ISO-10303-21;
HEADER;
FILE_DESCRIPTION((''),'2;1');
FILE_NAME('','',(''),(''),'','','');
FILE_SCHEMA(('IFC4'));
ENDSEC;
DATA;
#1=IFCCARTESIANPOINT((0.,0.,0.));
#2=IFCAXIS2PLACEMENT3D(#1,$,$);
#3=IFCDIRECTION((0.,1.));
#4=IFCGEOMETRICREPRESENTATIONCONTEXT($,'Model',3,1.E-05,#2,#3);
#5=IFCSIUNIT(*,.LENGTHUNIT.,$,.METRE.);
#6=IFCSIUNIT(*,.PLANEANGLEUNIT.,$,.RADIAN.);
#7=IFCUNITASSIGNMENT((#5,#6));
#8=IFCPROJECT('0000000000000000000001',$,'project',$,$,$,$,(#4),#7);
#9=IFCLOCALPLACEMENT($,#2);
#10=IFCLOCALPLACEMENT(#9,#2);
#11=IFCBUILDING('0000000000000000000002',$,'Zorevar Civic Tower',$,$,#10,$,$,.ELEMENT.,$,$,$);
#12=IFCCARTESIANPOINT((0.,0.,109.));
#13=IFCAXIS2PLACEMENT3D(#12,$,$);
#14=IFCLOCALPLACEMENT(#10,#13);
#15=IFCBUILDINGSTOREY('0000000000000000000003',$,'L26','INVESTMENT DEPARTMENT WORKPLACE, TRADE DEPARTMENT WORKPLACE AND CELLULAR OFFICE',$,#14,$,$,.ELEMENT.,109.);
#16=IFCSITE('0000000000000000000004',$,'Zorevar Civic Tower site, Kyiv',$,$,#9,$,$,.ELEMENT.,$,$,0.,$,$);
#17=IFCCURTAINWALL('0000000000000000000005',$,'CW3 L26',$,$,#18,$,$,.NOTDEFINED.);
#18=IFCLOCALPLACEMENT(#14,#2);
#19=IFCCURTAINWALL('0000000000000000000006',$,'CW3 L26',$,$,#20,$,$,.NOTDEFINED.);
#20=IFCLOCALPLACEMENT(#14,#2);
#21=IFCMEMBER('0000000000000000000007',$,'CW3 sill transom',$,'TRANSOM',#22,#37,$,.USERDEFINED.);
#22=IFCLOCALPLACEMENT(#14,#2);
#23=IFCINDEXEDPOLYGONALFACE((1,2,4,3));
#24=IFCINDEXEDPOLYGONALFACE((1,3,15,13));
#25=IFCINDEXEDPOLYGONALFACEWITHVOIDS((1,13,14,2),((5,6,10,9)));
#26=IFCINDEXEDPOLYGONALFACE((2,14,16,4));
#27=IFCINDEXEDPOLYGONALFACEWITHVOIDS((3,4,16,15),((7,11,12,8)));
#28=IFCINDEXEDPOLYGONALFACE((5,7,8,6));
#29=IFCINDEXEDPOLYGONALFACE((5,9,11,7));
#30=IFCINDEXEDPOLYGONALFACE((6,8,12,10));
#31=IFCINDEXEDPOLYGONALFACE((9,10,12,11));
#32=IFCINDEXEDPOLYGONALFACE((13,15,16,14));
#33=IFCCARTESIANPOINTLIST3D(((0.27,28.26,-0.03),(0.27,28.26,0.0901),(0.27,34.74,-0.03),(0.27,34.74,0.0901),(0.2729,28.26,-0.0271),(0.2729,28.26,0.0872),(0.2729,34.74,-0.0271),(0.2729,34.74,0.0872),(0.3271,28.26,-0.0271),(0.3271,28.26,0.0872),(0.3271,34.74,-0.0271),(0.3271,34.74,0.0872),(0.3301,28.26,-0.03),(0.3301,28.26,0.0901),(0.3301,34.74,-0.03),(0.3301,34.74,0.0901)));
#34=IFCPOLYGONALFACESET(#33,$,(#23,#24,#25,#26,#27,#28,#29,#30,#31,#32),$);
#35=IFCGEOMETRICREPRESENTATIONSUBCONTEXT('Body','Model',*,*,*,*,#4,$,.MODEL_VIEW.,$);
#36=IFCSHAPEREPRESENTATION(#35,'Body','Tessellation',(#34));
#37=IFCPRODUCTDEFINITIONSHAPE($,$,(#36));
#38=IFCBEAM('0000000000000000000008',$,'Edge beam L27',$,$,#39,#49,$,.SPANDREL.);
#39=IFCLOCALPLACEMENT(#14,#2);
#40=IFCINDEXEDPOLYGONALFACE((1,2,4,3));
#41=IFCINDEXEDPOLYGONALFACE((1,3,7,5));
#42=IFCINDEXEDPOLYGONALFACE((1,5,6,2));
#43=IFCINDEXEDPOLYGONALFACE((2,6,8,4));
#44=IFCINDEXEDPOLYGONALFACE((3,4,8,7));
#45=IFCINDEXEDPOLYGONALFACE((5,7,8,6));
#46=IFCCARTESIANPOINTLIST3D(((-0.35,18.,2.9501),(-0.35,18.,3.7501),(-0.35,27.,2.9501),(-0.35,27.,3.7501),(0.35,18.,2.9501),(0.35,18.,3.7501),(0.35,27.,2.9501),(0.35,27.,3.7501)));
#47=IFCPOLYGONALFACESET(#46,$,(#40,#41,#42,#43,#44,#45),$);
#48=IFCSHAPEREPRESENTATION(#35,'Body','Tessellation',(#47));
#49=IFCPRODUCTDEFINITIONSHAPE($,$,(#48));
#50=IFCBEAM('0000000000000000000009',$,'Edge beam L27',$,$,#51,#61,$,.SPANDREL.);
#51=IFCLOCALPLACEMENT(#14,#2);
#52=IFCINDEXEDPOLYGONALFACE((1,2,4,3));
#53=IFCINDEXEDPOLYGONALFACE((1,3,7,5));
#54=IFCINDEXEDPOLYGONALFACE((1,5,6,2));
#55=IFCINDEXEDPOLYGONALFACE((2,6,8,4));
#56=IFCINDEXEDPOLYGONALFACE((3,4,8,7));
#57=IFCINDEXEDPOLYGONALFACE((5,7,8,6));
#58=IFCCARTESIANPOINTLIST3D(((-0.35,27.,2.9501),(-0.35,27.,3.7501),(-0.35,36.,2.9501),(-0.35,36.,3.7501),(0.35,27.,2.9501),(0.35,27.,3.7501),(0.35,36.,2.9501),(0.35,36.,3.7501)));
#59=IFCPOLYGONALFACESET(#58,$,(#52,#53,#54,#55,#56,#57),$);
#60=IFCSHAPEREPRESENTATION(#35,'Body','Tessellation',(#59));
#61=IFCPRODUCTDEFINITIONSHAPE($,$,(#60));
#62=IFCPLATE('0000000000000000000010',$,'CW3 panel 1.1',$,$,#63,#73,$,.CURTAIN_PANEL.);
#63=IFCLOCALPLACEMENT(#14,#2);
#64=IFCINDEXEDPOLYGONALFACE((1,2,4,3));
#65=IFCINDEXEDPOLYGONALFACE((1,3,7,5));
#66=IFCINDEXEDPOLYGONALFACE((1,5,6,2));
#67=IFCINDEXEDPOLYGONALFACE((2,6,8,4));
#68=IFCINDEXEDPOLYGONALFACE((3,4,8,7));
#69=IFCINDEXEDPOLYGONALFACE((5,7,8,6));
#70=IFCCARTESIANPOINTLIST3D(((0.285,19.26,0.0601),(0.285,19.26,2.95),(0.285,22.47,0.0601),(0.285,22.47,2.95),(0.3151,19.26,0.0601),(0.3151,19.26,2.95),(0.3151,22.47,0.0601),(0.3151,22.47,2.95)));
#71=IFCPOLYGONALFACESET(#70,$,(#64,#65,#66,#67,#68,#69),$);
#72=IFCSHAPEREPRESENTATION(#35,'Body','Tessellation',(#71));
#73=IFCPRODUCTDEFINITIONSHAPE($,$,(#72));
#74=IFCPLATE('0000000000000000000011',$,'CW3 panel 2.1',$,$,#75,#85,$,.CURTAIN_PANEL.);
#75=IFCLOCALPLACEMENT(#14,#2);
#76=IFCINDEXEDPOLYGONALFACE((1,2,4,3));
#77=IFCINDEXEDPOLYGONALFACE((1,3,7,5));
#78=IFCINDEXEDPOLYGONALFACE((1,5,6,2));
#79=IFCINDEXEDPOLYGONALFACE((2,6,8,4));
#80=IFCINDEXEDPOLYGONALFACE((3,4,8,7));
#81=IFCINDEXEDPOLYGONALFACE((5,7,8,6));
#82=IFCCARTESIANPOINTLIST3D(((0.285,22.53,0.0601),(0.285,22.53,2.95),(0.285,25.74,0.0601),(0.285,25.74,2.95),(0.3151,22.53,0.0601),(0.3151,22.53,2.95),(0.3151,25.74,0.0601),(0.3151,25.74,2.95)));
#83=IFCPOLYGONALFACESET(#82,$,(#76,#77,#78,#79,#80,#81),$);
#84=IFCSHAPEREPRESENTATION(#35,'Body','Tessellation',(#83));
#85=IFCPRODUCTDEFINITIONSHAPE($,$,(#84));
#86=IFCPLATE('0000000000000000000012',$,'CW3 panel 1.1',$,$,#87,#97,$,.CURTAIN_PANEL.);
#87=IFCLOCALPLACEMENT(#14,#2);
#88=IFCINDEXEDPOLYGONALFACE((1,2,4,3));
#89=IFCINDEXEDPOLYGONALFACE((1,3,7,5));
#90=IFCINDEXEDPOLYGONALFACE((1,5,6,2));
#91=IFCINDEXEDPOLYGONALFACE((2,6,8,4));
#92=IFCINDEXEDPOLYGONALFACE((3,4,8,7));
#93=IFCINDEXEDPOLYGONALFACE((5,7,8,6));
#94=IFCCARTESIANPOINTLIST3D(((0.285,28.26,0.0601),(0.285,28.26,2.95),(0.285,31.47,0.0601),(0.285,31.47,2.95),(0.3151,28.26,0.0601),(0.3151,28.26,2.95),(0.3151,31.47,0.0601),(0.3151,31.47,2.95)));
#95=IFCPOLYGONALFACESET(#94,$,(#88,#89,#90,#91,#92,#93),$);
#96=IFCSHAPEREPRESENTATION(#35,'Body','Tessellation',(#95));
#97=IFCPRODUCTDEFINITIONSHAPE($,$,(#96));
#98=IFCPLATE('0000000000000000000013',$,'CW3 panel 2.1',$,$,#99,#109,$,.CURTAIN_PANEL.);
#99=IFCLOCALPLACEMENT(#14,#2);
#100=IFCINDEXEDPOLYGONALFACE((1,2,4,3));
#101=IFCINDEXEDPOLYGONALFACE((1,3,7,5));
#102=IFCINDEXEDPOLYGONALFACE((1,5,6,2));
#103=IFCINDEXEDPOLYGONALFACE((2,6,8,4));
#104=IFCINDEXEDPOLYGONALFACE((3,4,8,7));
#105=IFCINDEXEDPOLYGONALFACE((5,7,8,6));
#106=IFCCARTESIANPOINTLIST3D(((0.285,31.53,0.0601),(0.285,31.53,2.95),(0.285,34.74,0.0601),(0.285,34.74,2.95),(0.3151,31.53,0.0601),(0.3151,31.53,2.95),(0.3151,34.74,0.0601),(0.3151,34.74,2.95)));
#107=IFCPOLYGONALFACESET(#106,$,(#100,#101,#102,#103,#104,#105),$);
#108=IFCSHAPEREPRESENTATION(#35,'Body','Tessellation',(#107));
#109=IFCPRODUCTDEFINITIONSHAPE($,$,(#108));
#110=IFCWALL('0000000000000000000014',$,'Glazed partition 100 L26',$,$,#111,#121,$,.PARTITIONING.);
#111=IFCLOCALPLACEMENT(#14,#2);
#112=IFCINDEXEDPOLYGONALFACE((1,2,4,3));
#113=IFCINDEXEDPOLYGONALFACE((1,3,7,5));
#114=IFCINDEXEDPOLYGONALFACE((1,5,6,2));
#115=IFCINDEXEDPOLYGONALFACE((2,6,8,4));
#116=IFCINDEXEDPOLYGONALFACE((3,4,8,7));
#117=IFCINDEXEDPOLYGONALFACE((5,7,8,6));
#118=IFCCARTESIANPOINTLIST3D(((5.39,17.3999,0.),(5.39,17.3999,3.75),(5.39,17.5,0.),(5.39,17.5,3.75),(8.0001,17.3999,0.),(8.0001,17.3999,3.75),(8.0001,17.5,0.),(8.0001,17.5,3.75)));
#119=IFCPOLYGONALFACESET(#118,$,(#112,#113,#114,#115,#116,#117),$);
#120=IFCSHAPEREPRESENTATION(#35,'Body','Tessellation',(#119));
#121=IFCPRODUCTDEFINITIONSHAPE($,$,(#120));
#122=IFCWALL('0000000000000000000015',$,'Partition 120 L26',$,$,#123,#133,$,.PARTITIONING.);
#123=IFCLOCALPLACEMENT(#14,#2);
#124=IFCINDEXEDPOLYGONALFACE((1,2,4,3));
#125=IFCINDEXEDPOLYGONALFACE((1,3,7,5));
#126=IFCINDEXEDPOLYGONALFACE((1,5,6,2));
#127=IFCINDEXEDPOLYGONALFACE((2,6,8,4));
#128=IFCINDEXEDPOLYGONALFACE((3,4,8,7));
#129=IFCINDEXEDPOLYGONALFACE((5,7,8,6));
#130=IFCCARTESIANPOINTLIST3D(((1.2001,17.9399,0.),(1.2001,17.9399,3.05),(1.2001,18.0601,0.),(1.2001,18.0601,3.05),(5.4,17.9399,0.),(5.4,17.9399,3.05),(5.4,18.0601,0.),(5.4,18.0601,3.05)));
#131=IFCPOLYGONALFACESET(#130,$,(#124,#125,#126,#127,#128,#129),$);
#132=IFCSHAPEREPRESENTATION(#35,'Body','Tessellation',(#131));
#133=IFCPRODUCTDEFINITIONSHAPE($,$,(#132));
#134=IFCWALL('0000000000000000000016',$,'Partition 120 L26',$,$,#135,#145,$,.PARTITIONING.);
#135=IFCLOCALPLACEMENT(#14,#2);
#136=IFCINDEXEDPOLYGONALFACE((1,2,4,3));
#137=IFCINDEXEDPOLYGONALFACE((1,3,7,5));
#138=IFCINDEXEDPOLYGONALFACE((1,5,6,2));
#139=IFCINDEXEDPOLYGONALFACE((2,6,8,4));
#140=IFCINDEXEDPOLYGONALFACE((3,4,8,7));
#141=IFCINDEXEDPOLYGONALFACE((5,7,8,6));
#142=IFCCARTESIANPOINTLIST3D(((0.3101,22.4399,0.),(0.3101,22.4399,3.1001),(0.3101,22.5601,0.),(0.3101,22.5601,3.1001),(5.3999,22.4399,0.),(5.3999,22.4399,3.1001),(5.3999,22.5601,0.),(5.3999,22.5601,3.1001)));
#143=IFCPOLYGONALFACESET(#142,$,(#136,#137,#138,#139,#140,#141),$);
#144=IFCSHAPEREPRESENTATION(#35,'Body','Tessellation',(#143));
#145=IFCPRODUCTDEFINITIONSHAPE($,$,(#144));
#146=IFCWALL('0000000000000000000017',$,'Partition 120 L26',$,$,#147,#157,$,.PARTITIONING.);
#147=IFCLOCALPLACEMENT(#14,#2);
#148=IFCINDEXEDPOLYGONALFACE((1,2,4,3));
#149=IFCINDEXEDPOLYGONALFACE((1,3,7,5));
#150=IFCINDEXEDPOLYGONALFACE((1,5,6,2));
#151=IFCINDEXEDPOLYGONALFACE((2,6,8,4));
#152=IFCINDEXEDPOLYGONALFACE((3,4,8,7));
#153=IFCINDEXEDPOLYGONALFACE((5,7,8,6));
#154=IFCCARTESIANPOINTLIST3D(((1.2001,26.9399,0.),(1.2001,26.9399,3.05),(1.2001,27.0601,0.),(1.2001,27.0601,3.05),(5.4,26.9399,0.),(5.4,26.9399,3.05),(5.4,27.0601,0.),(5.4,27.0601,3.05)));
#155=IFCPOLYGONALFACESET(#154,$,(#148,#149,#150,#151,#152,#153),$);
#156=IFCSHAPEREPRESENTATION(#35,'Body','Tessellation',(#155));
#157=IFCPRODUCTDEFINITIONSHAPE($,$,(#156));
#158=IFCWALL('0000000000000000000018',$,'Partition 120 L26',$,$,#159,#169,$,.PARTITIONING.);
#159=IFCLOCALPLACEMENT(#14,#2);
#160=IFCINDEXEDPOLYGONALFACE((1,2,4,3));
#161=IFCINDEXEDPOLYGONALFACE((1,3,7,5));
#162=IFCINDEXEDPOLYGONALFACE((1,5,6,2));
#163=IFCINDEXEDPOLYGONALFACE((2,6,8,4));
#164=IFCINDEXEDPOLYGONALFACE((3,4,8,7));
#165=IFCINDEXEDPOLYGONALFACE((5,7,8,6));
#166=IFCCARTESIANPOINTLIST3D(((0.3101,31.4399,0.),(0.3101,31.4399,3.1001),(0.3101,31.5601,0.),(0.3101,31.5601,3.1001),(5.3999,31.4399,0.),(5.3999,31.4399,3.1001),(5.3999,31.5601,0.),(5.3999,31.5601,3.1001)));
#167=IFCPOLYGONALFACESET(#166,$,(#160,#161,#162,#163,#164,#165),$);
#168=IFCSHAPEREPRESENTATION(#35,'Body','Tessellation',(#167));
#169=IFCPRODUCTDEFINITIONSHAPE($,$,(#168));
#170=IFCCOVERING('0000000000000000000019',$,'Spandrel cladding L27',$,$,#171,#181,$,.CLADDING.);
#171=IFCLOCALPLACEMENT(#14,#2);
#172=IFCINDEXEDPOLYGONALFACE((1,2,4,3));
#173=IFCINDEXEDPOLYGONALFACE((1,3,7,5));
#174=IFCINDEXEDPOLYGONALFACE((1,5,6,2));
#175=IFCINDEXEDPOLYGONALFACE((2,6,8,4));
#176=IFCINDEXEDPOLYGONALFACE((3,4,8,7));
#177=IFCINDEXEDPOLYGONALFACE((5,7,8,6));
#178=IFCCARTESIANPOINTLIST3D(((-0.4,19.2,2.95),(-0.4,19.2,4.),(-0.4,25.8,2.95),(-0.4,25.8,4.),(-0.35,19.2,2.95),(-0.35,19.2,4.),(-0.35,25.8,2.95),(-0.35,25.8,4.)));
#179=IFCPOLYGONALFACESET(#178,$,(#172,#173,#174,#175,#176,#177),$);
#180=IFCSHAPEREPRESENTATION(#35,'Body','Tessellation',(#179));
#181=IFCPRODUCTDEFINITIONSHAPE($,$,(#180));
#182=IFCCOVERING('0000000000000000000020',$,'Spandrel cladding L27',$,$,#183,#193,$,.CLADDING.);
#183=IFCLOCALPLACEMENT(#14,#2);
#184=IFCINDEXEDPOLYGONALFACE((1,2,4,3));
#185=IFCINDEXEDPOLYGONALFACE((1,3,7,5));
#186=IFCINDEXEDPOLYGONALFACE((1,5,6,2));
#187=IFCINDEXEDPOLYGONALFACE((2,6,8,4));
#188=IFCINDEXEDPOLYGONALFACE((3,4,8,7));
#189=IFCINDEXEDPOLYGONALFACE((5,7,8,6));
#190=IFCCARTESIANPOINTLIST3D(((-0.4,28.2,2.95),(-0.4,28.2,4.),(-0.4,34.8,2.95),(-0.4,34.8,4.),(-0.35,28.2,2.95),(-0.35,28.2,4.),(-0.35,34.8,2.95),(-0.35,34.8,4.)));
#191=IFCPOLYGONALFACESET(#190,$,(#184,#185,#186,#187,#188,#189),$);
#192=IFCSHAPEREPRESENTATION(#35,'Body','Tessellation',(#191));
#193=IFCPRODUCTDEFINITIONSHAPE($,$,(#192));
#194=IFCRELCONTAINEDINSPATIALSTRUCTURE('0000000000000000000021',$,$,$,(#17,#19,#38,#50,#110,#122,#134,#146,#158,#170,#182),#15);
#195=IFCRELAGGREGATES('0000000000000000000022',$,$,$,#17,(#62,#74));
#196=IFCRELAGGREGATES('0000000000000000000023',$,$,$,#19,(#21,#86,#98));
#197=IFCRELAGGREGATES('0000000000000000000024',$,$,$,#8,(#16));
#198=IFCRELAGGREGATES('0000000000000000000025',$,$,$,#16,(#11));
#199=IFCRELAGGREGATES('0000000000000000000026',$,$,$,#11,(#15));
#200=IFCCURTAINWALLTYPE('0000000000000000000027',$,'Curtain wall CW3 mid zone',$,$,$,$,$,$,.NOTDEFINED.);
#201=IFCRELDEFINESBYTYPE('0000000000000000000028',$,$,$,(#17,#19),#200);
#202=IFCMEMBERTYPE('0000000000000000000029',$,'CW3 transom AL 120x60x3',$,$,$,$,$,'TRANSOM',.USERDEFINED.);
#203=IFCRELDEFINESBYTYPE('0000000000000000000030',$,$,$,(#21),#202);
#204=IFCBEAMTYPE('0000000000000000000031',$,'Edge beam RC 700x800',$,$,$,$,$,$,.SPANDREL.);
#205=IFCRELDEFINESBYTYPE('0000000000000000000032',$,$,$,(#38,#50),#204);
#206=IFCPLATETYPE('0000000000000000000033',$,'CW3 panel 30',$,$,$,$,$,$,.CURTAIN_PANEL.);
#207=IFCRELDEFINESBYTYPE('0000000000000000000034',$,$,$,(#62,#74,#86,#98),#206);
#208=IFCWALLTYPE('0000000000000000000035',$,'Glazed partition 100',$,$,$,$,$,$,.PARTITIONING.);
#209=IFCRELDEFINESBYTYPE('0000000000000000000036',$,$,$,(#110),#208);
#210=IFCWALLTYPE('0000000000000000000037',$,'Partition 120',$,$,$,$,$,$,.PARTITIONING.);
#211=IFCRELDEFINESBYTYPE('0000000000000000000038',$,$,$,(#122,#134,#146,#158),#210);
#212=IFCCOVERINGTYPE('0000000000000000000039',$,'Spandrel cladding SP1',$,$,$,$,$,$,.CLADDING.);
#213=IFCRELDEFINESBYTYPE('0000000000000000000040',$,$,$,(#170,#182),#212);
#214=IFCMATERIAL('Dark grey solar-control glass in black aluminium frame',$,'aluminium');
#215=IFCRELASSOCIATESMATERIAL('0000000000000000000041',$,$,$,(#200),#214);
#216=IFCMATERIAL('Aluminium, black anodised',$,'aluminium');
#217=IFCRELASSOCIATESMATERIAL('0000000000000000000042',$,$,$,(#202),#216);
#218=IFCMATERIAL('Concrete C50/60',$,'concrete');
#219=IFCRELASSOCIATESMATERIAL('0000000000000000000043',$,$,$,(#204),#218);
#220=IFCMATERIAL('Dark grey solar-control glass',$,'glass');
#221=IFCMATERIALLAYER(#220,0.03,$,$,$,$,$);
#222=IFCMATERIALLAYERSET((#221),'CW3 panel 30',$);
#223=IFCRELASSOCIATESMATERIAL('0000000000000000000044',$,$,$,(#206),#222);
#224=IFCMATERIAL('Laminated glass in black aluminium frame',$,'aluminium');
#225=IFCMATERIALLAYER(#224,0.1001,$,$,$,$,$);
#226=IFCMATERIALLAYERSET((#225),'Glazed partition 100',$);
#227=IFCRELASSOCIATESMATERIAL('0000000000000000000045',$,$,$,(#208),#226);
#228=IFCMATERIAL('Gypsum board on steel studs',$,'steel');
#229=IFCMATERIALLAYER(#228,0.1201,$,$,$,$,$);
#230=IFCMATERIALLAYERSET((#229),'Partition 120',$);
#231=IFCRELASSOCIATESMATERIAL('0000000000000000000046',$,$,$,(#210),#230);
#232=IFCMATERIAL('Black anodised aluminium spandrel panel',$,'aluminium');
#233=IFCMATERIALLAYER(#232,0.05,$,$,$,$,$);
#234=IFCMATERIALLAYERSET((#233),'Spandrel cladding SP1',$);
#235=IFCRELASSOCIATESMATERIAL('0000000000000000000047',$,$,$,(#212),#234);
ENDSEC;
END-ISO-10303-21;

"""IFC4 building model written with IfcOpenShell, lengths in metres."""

from ifc_helpers import new_model, si_unit, direction, frame, frame_2d, origin, origin_2d, place, context, subcontext, project, spatial, rectangle, hollow_rectangle, extrude, material, layer, layer_set, material_profile, profile_set, type_object, element, aggregate, save


model = new_model("IFC4")

# Units and contexts
model_context = context("Model", 3, precision=1e-05, world=origin(), true_north=direction((0.0, 1.0)))
body_context = subcontext(model_context, "Body", "Model", "MODEL_VIEW")
ifc_project = project(units=[si_unit("LENGTHUNIT", "METRE"), si_unit("PLANEANGLEUNIT", "RADIAN")], contexts=[model_context])

# Site, building, storey
site_placement = place(None, origin())
site = spatial("IfcSite", under=ifc_project, at=site_placement, Name="Zorevar Civic Tower site, Kyiv", CompositionType="ELEMENT", RefElevation=0.0)
building_placement = place(site_placement, origin())
building = spatial("IfcBuilding", under=site, at=building_placement, Name="Zorevar Civic Tower", CompositionType="ELEMENT")
storey_placement = place(building_placement, frame((0.0, 0.0, 109.0)))
storey = spatial("IfcBuildingStorey", under=building, at=storey_placement, Name="L26", Description="INVESTMENT DEPARTMENT WORKPLACE, TRADE DEPARTMENT WORKPLACE AND CELLULAR OFFICE", CompositionType="ELEMENT", Elevation=109.0)

# Curtain walls
ifc_material_1 = material(Name="Dark grey solar-control glass in black aluminium frame", Category="aluminium")
curtain_wall_type = type_object("IfcCurtainWallType", Name="Curtain wall CW3 mid zone", PredefinedType="NOTDEFINED", material=ifc_material_1)
curtain_wall_1_placement = place(storey_placement, origin())
curtain_wall_1 = element("IfcCurtainWall", 1, at=curtain_wall_1_placement, inside=storey, type_object=curtain_wall_type, Name="CW3 L26", PredefinedType="NOTDEFINED")
curtain_wall_2_placement = place(storey_placement, origin())
curtain_wall_2 = element("IfcCurtainWall", 2, at=curtain_wall_2_placement, inside=storey, type_object=curtain_wall_type, Name="CW3 L26", PredefinedType="NOTDEFINED")

# Member
ifc_material_2 = material(Name="Aluminium, black anodised", Category="aluminium")
ifc_material_profile_1 = material_profile(ifc_material_2, hollow_rectangle(XDim=0.0601, YDim=0.1201, WallThickness=0.0029, at=origin_2d()), Name="AL 120x60x3")
ifc_profile_set_1 = profile_set([ifc_material_profile_1], Name="Aluminium, black anodised")
member_type_1 = type_object("IfcMemberType", Name="CW3 transom AL 120x60x3", ElementType="TRANSOM", PredefinedType="USERDEFINED", material=ifc_profile_set_1)
member_1_placement = place(storey_placement, frame((0.3, 28.26, 0.03), z_axis=(0.0, 1.0, 0.0), x_axis=(-1.0, 0.0, 0.0)))
member_1 = element("IfcMember", 3, at=member_1_placement, type_object=member_type_1, Name="CW3 sill transom", ObjectType="TRANSOM", PredefinedType="USERDEFINED", context=body_context, shape_type="SweptSolid", body=[
    extrude(hollow_rectangle(XDim=0.0601, YDim=0.1201, WallThickness=0.0029, at=origin_2d()), origin(), (0.0, 0.0, 1.0), 6.48),
])

# Beams
ifc_material_3 = material(Name="Concrete C50/60", Category="concrete")
ifc_material_profile_2 = material_profile(ifc_material_3, rectangle(XDim=0.7, YDim=0.8, at=origin_2d()), Name="RC 700x800")
ifc_profile_set_2 = profile_set([ifc_material_profile_2], Name="Concrete C50/60")
beam_type_1 = type_object("IfcBeamType", Name="Edge beam RC 700x800", PredefinedType="SPANDREL", material=ifc_profile_set_2)
for number, where, z_axis, x_axis, name in (
    (4, (0.0, 18.0, 3.3501), (0.0, 1.0, 0.0), (-1.0, 0.0, 0.0), "Edge beam L27"),
    (5, (0.0, 27.0, 3.3501), (0.0, 1.0, 0.0), (-1.0, 0.0, 0.0), "Edge beam L27"),
):
    element("IfcBeam", number, at=place(storey_placement, frame(where, z_axis=z_axis, x_axis=x_axis)), inside=storey, type_object=beam_type_1, Name=name, PredefinedType="SPANDREL", context=body_context, shape_type="SweptSolid", body=[
        extrude(rectangle(XDim=0.7, YDim=0.8, at=origin_2d()), origin(), (0.0, 0.0, 1.0), 9.0),
    ])

# Plates
ifc_material_4 = material(Name="Dark grey solar-control glass", Category="glass")
ifc_layer_1 = layer(ifc_material_4, 0.03)
ifc_layer_set_1 = layer_set([ifc_layer_1], Name="CW3 panel 30")
plate_type = type_object("IfcPlateType", Name="CW3 panel 30", PredefinedType="CURTAIN_PANEL", material=ifc_layer_set_1)
plate_1_placement = place(storey_placement, frame((0.3, 20.865, 0.0601), z_axis=(0.0, 0.0, 1.0), x_axis=(0.0, 1.0, 0.0)))
plate_1 = element("IfcPlate", 6, at=plate_1_placement, type_object=plate_type, Name="CW3 panel 1.1", PredefinedType="CURTAIN_PANEL", context=body_context, shape_type="SweptSolid", body=[
    extrude(rectangle(XDim=3.21, YDim=0.03, at=origin_2d()), origin(), (0.0, 0.0, 1.0), 2.8899),
])
plate_2_placement = place(storey_placement, frame((0.3, 24.135, 0.0601), z_axis=(0.0, 0.0, 1.0), x_axis=(0.0, 1.0, 0.0)))
plate_2 = element("IfcPlate", 7, at=plate_2_placement, type_object=plate_type, Name="CW3 panel 2.1", PredefinedType="CURTAIN_PANEL", context=body_context, shape_type="SweptSolid", body=[
    extrude(rectangle(XDim=3.21, YDim=0.03, at=origin_2d()), origin(), (0.0, 0.0, 1.0), 2.8899),
])
aggregate(curtain_wall_1, [plate_1, plate_2])
plate_3_placement = place(storey_placement, frame((0.3, 29.865, 0.0601), z_axis=(0.0, 0.0, 1.0), x_axis=(0.0, 1.0, 0.0)))
plate_3 = element("IfcPlate", 8, at=plate_3_placement, type_object=plate_type, Name="CW3 panel 1.1", PredefinedType="CURTAIN_PANEL", context=body_context, shape_type="SweptSolid", body=[
    extrude(rectangle(XDim=3.21, YDim=0.03, at=origin_2d()), origin(), (0.0, 0.0, 1.0), 2.8899),
])
plate_4_placement = place(storey_placement, frame((0.3, 33.135, 0.0601), z_axis=(0.0, 0.0, 1.0), x_axis=(0.0, 1.0, 0.0)))
plate_4 = element("IfcPlate", 9, at=plate_4_placement, type_object=plate_type, Name="CW3 panel 2.1", PredefinedType="CURTAIN_PANEL", context=body_context, shape_type="SweptSolid", body=[
    extrude(rectangle(XDim=3.21, YDim=0.03, at=origin_2d()), origin(), (0.0, 0.0, 1.0), 2.8899),
])
aggregate(curtain_wall_2, [member_1, plate_3, plate_4])

# Walls
ifc_material_5 = material(Name="Laminated glass in black aluminium frame", Category="aluminium")
ifc_layer_2 = layer(ifc_material_5, 0.1001)
ifc_layer_set_2 = layer_set([ifc_layer_2], Name="Glazed partition 100")
wall_type_1 = type_object("IfcWallType", Name="Glazed partition 100", PredefinedType="PARTITIONING", material=ifc_layer_set_2)
wall_1_placement = place(storey_placement, frame((5.3899, 17.45, 0.0), z_axis=(0.0, 0.0, 1.0), x_axis=(1.0, 0.0, 0.0)))
element("IfcWall", 10, at=wall_1_placement, inside=storey, type_object=wall_type_1, Name="Glazed partition 100 L26", PredefinedType="PARTITIONING", context=body_context, shape_type="SweptSolid", body=[
    extrude(rectangle(XDim=2.6101, YDim=0.1001, at=frame_2d((1.3052, 0.0))), origin(), (0.0, 0.0, 1.0), 3.75),
])
ifc_material_6 = material(Name="Gypsum board on steel studs", Category="steel")
ifc_layer_3 = layer(ifc_material_6, 0.1201)
ifc_layer_set_3 = layer_set([ifc_layer_3], Name="Partition 120")
wall_type_2 = type_object("IfcWallType", Name="Partition 120", PredefinedType="PARTITIONING", material=ifc_layer_set_3)
wall_2_placement = place(storey_placement, frame((1.2, 18.0, 0.0), z_axis=(0.0, 0.0, 1.0), x_axis=(1.0, 0.0, 0.0)))
element("IfcWall", 11, at=wall_2_placement, inside=storey, type_object=wall_type_2, Name="Partition 120 L26", PredefinedType="PARTITIONING", context=body_context, shape_type="SweptSolid", body=[
    extrude(rectangle(XDim=4.2, YDim=0.1201, at=frame_2d((2.1001, 0.0))), origin(), (0.0, 0.0, 1.0), 3.05),
])
wall_3_placement = place(storey_placement, frame((0.3101, 22.5, 0.0), z_axis=(0.0, 0.0, 1.0), x_axis=(1.0, 0.0, 0.0)))
element("IfcWall", 12, at=wall_3_placement, inside=storey, type_object=wall_type_2, Name="Partition 120 L26", PredefinedType="PARTITIONING", context=body_context, shape_type="SweptSolid", body=[
    extrude(rectangle(XDim=5.0898, YDim=0.1201, at=frame_2d((2.5449, 0.0))), origin(), (0.0, 0.0, 1.0), 3.1001),
])
wall_4_placement = place(storey_placement, frame((1.2, 27.0, 0.0), z_axis=(0.0, 0.0, 1.0), x_axis=(1.0, 0.0, 0.0)))
element("IfcWall", 13, at=wall_4_placement, inside=storey, type_object=wall_type_2, Name="Partition 120 L26", PredefinedType="PARTITIONING", context=body_context, shape_type="SweptSolid", body=[
    extrude(rectangle(XDim=4.2, YDim=0.1201, at=frame_2d((2.1001, 0.0))), origin(), (0.0, 0.0, 1.0), 3.05),
])
wall_5_placement = place(storey_placement, frame((0.3101, 31.5, 0.0), z_axis=(0.0, 0.0, 1.0), x_axis=(1.0, 0.0, 0.0)))
element("IfcWall", 14, at=wall_5_placement, inside=storey, type_object=wall_type_2, Name="Partition 120 L26", PredefinedType="PARTITIONING", context=body_context, shape_type="SweptSolid", body=[
    extrude(rectangle(XDim=5.0898, YDim=0.1201, at=frame_2d((2.5449, 0.0))), origin(), (0.0, 0.0, 1.0), 3.1001),
])

# Coverings
ifc_material_7 = material(Name="Black anodised aluminium spandrel panel", Category="aluminium")
ifc_layer_4 = layer(ifc_material_7, 0.05)
ifc_layer_set_4 = layer_set([ifc_layer_4], Name="Spandrel cladding SP1")
covering_type = type_object("IfcCoveringType", Name="Spandrel cladding SP1", PredefinedType="CLADDING", material=ifc_layer_set_4)
for number, where, z_axis, x_axis, name in (
    (15, (-0.375, 19.2, 2.95), (0.0, 0.0, 1.0), (0.0, 1.0, 0.0), "Spandrel cladding L27"),
    (16, (-0.375, 28.2, 2.95), (0.0, 0.0, 1.0), (0.0, 1.0, 0.0), "Spandrel cladding L27"),
):
    element("IfcCovering", number, at=place(storey_placement, frame(where, z_axis=z_axis, x_axis=x_axis)), inside=storey, type_object=covering_type, Name=name, PredefinedType="CLADDING", context=body_context, shape_type="SweptSolid", body=[
        extrude(rectangle(XDim=6.6001, YDim=0.05, at=frame_2d((3.3, 0.0))), origin(), (0.0, 0.0, 1.0), 1.05),
    ])

save(model, "model.ifc")
